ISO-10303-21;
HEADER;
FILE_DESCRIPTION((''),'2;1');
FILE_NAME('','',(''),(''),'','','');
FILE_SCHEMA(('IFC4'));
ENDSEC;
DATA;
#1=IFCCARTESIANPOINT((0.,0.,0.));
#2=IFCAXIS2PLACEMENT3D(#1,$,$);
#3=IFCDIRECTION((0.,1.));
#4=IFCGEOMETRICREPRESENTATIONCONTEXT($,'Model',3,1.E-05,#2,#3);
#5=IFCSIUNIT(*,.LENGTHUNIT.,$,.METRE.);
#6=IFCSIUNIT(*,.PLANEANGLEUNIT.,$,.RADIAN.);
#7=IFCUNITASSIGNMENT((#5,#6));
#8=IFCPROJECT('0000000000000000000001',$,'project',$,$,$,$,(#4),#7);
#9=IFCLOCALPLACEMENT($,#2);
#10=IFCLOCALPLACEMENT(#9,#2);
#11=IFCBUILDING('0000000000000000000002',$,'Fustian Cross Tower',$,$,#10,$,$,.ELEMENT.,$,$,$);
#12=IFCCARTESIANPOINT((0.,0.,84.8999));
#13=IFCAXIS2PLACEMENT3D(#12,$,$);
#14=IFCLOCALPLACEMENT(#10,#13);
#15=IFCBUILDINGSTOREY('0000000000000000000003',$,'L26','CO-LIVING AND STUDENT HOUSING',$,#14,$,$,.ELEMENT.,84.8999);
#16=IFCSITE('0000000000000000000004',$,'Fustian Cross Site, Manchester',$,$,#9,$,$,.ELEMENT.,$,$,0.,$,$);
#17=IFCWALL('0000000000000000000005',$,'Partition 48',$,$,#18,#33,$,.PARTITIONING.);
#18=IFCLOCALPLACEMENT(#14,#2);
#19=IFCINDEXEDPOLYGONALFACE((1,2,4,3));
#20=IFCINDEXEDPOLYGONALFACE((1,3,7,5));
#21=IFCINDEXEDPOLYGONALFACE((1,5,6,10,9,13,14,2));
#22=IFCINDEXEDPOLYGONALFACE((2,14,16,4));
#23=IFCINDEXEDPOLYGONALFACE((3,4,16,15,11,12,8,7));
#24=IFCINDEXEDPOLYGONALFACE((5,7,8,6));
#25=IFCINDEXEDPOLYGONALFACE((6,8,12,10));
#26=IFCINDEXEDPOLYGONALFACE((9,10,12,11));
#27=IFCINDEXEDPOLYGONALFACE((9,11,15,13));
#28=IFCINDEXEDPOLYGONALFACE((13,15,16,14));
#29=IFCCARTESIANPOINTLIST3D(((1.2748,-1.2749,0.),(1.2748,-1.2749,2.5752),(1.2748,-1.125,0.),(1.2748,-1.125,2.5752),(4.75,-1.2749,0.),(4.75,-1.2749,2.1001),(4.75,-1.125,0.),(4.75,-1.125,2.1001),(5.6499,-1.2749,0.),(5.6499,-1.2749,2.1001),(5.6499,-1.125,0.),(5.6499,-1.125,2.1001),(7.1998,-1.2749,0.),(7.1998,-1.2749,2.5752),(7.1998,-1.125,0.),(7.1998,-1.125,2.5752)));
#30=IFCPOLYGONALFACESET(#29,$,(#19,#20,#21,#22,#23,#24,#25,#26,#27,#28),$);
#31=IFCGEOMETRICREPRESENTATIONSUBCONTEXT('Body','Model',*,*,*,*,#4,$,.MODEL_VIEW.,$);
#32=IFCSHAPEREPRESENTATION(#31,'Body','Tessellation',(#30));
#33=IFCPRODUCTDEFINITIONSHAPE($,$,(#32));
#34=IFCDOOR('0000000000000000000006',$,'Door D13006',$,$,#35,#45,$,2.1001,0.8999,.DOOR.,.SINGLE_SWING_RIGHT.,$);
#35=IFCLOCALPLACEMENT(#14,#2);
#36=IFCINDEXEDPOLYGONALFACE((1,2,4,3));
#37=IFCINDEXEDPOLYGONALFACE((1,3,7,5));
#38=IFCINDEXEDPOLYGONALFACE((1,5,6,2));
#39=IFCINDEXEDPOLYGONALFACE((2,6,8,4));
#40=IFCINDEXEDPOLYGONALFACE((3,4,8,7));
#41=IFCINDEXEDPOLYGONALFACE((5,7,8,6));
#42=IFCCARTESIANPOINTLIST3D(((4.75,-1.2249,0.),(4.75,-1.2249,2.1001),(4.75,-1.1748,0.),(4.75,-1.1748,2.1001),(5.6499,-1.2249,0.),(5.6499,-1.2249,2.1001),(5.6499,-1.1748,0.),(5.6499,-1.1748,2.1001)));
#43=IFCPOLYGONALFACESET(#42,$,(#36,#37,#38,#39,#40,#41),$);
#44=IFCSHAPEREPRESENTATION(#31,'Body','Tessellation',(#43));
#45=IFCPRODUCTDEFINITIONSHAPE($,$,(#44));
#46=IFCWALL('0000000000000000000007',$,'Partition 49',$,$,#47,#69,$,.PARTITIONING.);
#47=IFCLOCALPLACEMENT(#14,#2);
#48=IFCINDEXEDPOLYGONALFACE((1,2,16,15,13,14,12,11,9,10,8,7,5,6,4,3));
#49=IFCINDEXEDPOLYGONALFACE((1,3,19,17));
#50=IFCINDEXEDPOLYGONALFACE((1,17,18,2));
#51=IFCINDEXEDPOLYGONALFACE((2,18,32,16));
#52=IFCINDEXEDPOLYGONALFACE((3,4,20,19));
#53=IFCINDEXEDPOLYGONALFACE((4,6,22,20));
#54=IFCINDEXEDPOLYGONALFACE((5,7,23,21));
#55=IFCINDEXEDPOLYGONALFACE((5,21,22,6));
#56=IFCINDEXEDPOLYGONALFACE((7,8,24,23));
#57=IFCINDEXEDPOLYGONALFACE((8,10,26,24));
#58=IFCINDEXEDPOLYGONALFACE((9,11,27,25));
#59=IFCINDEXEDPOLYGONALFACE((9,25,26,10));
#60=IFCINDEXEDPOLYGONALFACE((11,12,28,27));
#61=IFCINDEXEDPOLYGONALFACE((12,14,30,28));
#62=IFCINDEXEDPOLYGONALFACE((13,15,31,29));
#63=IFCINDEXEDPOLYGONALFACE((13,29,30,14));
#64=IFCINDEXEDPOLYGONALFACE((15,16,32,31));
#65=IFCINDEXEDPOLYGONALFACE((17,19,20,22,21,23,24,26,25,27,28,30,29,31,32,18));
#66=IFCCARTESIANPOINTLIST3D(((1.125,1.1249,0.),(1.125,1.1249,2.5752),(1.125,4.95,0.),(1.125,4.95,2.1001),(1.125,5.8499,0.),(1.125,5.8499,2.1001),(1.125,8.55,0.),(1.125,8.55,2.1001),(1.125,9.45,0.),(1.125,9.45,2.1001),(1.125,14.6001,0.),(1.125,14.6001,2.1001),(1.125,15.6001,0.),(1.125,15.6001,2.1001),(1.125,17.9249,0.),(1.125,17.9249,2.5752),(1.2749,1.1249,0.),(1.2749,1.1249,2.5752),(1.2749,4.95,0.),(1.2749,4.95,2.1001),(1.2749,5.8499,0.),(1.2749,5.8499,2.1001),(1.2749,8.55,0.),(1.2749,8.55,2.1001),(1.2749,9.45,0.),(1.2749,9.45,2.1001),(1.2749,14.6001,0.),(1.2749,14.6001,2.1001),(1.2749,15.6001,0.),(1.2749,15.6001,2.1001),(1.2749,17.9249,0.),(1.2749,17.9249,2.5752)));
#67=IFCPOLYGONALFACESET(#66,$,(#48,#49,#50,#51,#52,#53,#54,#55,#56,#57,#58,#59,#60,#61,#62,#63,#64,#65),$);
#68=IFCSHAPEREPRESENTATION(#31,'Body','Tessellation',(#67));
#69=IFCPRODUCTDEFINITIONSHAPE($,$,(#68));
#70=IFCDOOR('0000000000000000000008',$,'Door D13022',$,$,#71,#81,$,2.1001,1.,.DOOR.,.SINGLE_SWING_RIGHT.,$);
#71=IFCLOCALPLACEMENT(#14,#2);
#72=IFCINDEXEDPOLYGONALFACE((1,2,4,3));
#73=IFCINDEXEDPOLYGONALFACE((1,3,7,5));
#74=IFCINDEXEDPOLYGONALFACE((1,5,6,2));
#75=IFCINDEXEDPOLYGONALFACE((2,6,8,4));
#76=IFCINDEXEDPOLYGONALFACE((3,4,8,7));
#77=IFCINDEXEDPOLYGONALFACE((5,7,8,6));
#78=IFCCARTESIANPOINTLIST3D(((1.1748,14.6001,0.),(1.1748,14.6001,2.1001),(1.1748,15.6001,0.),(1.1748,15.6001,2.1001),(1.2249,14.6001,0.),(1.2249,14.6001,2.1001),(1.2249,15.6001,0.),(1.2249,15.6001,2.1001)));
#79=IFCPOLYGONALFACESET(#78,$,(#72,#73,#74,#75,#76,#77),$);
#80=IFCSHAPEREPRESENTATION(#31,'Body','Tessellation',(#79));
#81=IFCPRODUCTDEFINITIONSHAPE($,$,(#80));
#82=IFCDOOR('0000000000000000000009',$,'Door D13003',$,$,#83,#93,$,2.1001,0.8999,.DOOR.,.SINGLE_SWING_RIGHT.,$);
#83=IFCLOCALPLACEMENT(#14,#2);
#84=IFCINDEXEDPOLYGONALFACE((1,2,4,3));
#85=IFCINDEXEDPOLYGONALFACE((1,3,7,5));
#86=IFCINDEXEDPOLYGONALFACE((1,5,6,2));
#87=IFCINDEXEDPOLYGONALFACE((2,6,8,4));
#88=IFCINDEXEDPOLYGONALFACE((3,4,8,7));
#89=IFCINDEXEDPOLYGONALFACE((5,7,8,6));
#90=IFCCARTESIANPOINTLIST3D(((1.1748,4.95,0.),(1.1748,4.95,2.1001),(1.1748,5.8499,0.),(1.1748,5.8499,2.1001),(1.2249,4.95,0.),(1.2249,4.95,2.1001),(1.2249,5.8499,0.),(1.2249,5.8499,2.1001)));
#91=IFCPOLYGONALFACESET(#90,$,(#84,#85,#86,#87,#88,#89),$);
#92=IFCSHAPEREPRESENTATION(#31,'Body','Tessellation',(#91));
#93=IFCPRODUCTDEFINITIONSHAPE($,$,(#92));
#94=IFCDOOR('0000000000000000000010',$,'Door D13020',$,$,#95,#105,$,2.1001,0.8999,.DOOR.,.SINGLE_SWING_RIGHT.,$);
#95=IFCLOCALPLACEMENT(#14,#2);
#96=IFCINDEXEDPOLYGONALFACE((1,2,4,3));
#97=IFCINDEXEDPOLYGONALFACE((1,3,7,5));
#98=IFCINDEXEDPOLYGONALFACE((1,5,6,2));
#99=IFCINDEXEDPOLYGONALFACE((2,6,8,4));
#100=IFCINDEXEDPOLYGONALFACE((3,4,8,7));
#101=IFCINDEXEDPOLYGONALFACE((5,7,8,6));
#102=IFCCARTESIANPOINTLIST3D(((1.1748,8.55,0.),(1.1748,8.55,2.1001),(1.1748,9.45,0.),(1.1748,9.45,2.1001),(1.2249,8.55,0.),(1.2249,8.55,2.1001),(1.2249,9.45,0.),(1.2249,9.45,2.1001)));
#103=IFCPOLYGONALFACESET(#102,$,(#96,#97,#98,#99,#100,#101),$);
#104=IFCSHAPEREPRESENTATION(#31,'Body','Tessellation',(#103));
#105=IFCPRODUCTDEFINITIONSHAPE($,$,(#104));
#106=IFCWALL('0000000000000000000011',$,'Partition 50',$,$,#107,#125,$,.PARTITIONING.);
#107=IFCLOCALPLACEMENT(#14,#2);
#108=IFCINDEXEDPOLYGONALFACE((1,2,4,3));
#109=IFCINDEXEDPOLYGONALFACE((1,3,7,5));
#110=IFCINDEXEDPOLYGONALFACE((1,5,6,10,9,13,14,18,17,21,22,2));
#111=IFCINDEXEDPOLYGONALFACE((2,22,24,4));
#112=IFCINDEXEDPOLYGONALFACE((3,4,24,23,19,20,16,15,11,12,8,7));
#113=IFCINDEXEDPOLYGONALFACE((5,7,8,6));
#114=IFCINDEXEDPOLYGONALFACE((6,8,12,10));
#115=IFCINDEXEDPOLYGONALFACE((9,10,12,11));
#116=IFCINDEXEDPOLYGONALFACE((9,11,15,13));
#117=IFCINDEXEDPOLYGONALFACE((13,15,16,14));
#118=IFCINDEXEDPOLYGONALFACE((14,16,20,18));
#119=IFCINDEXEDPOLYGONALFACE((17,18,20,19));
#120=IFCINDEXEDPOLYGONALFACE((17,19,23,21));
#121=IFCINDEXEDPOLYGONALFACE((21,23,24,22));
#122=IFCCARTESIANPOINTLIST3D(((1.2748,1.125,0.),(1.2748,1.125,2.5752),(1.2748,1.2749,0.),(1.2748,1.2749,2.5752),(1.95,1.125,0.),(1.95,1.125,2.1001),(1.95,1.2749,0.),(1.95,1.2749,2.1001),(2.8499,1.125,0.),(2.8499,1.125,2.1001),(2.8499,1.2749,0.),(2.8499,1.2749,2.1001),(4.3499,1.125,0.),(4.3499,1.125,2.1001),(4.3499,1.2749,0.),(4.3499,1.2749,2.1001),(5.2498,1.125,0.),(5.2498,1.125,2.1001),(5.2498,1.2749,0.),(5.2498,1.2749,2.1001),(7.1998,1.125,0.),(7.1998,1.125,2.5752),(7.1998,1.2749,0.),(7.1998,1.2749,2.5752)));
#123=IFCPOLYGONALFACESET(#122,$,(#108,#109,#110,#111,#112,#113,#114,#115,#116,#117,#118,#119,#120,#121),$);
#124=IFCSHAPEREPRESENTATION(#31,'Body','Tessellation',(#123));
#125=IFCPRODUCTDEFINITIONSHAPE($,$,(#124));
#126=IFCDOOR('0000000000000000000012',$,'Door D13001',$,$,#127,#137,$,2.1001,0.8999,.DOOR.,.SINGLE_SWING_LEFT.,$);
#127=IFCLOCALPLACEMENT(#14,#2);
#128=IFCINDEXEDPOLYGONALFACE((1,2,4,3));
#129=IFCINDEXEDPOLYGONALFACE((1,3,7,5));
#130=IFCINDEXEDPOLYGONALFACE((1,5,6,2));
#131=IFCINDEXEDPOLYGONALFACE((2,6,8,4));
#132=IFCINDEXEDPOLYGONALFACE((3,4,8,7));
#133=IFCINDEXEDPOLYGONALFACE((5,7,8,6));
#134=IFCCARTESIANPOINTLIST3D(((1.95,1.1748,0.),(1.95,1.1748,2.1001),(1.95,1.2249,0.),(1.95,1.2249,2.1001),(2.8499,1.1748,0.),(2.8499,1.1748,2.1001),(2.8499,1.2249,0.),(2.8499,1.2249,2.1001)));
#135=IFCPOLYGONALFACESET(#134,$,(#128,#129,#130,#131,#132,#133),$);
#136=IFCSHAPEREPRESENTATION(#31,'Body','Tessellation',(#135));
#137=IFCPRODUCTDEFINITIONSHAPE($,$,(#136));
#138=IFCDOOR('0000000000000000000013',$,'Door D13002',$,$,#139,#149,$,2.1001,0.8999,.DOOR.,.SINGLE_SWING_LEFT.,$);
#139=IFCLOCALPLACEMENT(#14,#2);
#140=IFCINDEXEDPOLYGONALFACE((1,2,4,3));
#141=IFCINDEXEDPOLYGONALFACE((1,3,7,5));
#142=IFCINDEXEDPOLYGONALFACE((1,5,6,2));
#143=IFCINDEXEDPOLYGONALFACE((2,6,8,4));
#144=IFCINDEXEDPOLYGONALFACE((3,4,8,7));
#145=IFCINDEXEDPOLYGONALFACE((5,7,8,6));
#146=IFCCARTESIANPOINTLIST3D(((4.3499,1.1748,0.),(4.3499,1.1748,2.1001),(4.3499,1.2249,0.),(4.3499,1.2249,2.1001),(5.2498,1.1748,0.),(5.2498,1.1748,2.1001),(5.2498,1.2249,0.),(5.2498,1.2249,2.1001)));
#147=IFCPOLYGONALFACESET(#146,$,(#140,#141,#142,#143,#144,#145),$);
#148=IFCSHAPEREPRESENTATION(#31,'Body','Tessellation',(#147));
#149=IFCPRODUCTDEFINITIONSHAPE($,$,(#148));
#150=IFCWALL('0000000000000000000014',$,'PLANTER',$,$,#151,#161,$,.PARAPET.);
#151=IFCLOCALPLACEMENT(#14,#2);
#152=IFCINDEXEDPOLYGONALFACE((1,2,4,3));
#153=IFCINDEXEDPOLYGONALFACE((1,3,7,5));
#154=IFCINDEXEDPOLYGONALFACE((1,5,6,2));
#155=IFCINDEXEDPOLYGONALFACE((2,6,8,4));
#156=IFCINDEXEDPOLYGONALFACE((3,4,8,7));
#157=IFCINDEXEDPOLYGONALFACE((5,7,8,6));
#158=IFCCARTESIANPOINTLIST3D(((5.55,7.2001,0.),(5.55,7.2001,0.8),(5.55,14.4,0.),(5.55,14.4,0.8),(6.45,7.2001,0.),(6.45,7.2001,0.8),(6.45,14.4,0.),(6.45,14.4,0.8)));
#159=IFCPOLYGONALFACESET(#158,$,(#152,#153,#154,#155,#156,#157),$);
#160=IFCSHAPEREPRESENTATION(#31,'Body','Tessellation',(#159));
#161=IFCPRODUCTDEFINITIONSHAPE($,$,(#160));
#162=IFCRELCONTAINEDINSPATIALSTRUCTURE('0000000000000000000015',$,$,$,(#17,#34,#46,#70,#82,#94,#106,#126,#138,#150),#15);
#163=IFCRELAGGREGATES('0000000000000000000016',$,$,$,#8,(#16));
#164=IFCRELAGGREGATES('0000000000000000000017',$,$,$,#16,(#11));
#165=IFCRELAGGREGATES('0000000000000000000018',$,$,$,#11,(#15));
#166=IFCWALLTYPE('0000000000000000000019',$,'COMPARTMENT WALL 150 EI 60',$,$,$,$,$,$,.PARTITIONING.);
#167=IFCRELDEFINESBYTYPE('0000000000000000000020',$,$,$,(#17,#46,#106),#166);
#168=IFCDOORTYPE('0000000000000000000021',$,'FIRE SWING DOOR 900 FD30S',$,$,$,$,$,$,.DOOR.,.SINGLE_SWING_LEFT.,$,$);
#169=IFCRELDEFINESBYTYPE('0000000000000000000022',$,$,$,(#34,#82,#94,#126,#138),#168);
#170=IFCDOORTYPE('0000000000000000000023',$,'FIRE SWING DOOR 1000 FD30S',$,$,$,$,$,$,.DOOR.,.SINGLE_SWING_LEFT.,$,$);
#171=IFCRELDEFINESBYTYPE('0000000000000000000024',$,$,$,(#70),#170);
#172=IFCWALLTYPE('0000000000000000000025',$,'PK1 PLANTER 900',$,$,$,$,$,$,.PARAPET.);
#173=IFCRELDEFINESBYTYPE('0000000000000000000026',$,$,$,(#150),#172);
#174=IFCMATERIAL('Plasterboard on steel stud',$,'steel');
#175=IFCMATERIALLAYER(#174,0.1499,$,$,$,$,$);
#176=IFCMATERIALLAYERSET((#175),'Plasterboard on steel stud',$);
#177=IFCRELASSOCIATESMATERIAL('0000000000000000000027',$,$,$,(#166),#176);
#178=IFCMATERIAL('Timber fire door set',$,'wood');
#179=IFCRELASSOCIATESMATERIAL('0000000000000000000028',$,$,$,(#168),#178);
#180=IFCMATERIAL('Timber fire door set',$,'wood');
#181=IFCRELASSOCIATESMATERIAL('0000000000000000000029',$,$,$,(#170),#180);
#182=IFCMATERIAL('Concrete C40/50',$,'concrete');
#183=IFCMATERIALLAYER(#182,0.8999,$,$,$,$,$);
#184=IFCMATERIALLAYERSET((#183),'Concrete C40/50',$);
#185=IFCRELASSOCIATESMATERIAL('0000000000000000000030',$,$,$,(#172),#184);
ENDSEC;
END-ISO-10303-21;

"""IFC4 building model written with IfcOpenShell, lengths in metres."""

from ifc_helpers import new_model, si_unit, direction, frame, frame_2d, origin, place, context, subcontext, project, spatial, rectangle, extrude, material, layer, layer_set, type_object, element, fill, save


model = new_model("IFC4")

# Units and contexts
model_context = context("Model", 3, precision=1e-05, world=origin(), true_north=direction((0.0, 1.0)))
body_context = subcontext(model_context, "Body", "Model", "MODEL_VIEW")
ifc_project = project(units=[si_unit("LENGTHUNIT", "METRE"), si_unit("PLANEANGLEUNIT", "RADIAN")], contexts=[model_context])

# Site, building, storey
site_placement = place(None, origin())
site = spatial("IfcSite", under=ifc_project, at=site_placement, Name="Fustian Cross Site, Manchester", CompositionType="ELEMENT", RefElevation=0.0)
building_placement = place(site_placement, origin())
building = spatial("IfcBuilding", under=site, at=building_placement, Name="Fustian Cross Tower", CompositionType="ELEMENT")
storey_placement = place(building_placement, frame((0.0, 0.0, 84.8999)))
storey = spatial("IfcBuildingStorey", under=building, at=storey_placement, Name="L26", Description="CO-LIVING AND STUDENT HOUSING", CompositionType="ELEMENT", Elevation=84.8999)

# Wall, opening, door
ifc_material_1 = material(Name="Plasterboard on steel stud", Category="steel")
ifc_layer_1 = layer(ifc_material_1, 0.1499)
ifc_layer_set_1 = layer_set([ifc_layer_1], Name="Plasterboard on steel stud")
wall_type_1 = type_object("IfcWallType", Name="COMPARTMENT WALL 150 EI 60", PredefinedType="PARTITIONING", material=ifc_layer_set_1)
wall_1_placement = place(storey_placement, frame((1.2749, -1.2, 0.0), z_axis=(0.0, 0.0, 1.0), x_axis=(1.0, 0.0, 0.0)))
wall_1 = element("IfcWall", 1, at=wall_1_placement, inside=storey, type_object=wall_type_1, Name="Partition 48", PredefinedType="PARTITIONING", context=body_context, shape_type="SweptSolid", body=[
    extrude(rectangle(XDim=5.925, YDim=0.1499, at=frame_2d((2.9624, 0.0))), origin(), (0.0, 0.0, 1.0), 2.5752),
])
opening_1_placement = place(wall_1_placement, frame((3.4751, 0.0, 0.0)))
opening_1 = element("IfcOpeningElement", 2, at=opening_1_placement, cuts=wall_1, PredefinedType="OPENING", context=body_context, shape_type="SweptSolid", body=[
    extrude(rectangle(XDim=0.8999, YDim=2.1001, at=frame_2d((0.45, 1.05))), frame((0.0, 0.085, 0.0), z_axis=(0.0, -1.0, 0.0), x_axis=(1.0, 0.0, 0.0)), (0.0, 0.0, 1.0), 0.1699),
])
ifc_material_2 = material(Name="Timber fire door set", Category="wood")
door_type_1 = type_object("IfcDoorType", Name="FIRE SWING DOOR 900 FD30S", OperationType="SINGLE_SWING_LEFT", PredefinedType="DOOR", material=ifc_material_2)
door_1_placement = place(opening_1_placement, frame((0.8999, 0.0, 0.0), z_axis=(0.0, 0.0, 1.0), x_axis=(-1.0, 0.0, 0.0)))
door_1 = element("IfcDoor", 3, at=door_1_placement, inside=storey, type_object=door_type_1, Name="Door D13006", OperationType="SINGLE_SWING_RIGHT", OverallHeight=2.1001, OverallWidth=0.8999, PredefinedType="DOOR", context=body_context, shape_type="SweptSolid", body=[
    extrude(rectangle(XDim=0.8999, YDim=2.1001, at=frame_2d((0.45, 1.05))), frame((0.0, 0.0249, 0.0), z_axis=(0.0, -1.0, 0.0), x_axis=(1.0, 0.0, 0.0)), (0.0, 0.0, 1.0), 0.05),
])
fill(opening_1, door_1)

# Walls, openings, doors
wall_2_placement = place(storey_placement, frame((1.2, 1.125, 0.0), z_axis=(0.0, 0.0, 1.0), x_axis=(0.0, 1.0, 0.0)))
wall_2 = element("IfcWall", 4, at=wall_2_placement, inside=storey, type_object=wall_type_1, Name="Partition 49", PredefinedType="PARTITIONING", context=body_context, shape_type="SweptSolid", body=[
    extrude(rectangle(XDim=16.8, YDim=0.1499, at=frame_2d((8.3999, 0.0))), origin(), (0.0, 0.0, 1.0), 2.5752),
])
opening_2_placement = place(wall_2_placement, frame((3.825, 0.0, 0.0)))
opening_2 = element("IfcOpeningElement", 5, at=opening_2_placement, cuts=wall_2, PredefinedType="OPENING", context=body_context, shape_type="SweptSolid", body=[
    extrude(rectangle(XDim=0.8999, YDim=2.1001, at=frame_2d((0.45, 1.05))), frame((0.0, 0.085, 0.0), z_axis=(0.0, -1.0, 0.0), x_axis=(1.0, 0.0, 0.0)), (0.0, 0.0, 1.0), 0.1699),
])
opening_3_placement = place(wall_2_placement, frame((7.425, 0.0, 0.0)))
opening_3 = element("IfcOpeningElement", 6, at=opening_3_placement, cuts=wall_2, PredefinedType="OPENING", context=body_context, shape_type="SweptSolid", body=[
    extrude(rectangle(XDim=0.8999, YDim=2.1001, at=frame_2d((0.45, 1.05))), frame((0.0, 0.085, 0.0), z_axis=(0.0, -1.0, 0.0), x_axis=(1.0, 0.0, 0.0)), (0.0, 0.0, 1.0), 0.1699),
])
opening_4_placement = place(wall_2_placement, frame((13.4751, 0.0, 0.0)))
opening_4 = element("IfcOpeningElement", 7, at=opening_4_placement, cuts=wall_2, PredefinedType="OPENING", context=body_context, shape_type="SweptSolid", body=[
    extrude(rectangle(XDim=1.0, YDim=2.1001, at=frame_2d((0.5, 1.05))), frame((0.0, 0.085, 0.0), z_axis=(0.0, -1.0, 0.0), x_axis=(1.0, 0.0, 0.0)), (0.0, 0.0, 1.0), 0.1699),
])
ifc_material_3 = material(Name="Timber fire door set", Category="wood")
door_type_2 = type_object("IfcDoorType", Name="FIRE SWING DOOR 1000 FD30S", OperationType="SINGLE_SWING_LEFT", PredefinedType="DOOR", material=ifc_material_3)
door_2_placement = place(opening_4_placement, frame((1.0, 0.0, 0.0), z_axis=(0.0, 0.0, 1.0), x_axis=(-1.0, 0.0, 0.0)))
door_2 = element("IfcDoor", 8, at=door_2_placement, inside=storey, type_object=door_type_2, Name="Door D13022", OperationType="SINGLE_SWING_RIGHT", OverallHeight=2.1001, OverallWidth=1.0, PredefinedType="DOOR", context=body_context, shape_type="SweptSolid", body=[
    extrude(rectangle(XDim=1.0, YDim=2.1001, at=frame_2d((0.5, 1.05))), frame((0.0, 0.0249, 0.0), z_axis=(0.0, -1.0, 0.0), x_axis=(1.0, 0.0, 0.0)), (0.0, 0.0, 1.0), 0.05),
])
fill(opening_4, door_2)
door_3_placement = place(opening_2_placement, frame((0.8999, 0.0, 0.0), z_axis=(0.0, 0.0, 1.0), x_axis=(-1.0, 0.0, 0.0)))
door_3 = element("IfcDoor", 9, at=door_3_placement, inside=storey, type_object=door_type_1, Name="Door D13003", OperationType="SINGLE_SWING_RIGHT", OverallHeight=2.1001, OverallWidth=0.8999, PredefinedType="DOOR", context=body_context, shape_type="SweptSolid", body=[
    extrude(rectangle(XDim=0.8999, YDim=2.1001, at=frame_2d((0.45, 1.05))), frame((0.0, 0.0249, 0.0), z_axis=(0.0, -1.0, 0.0), x_axis=(1.0, 0.0, 0.0)), (0.0, 0.0, 1.0), 0.05),
])
fill(opening_2, door_3)
door_4_placement = place(opening_3_placement, frame((0.8999, 0.0, 0.0), z_axis=(0.0, 0.0, 1.0), x_axis=(-1.0, 0.0, 0.0)))
door_4 = element("IfcDoor", 10, at=door_4_placement, inside=storey, type_object=door_type_1, Name="Door D13020", OperationType="SINGLE_SWING_RIGHT", OverallHeight=2.1001, OverallWidth=0.8999, PredefinedType="DOOR", context=body_context, shape_type="SweptSolid", body=[
    extrude(rectangle(XDim=0.8999, YDim=2.1001, at=frame_2d((0.45, 1.05))), frame((0.0, 0.0249, 0.0), z_axis=(0.0, -1.0, 0.0), x_axis=(1.0, 0.0, 0.0)), (0.0, 0.0, 1.0), 0.05),
])
fill(opening_3, door_4)
wall_3_placement = place(storey_placement, frame((1.2749, 1.2, 0.0), z_axis=(0.0, 0.0, 1.0), x_axis=(1.0, 0.0, 0.0)))
wall_3 = element("IfcWall", 11, at=wall_3_placement, inside=storey, type_object=wall_type_1, Name="Partition 50", PredefinedType="PARTITIONING", context=body_context, shape_type="SweptSolid", body=[
    extrude(rectangle(XDim=5.925, YDim=0.1499, at=frame_2d((2.9624, 0.0))), origin(), (0.0, 0.0, 1.0), 2.5752),
])
opening_5_placement = place(wall_3_placement, frame((0.675, 0.0, 0.0)))
opening_5 = element("IfcOpeningElement", 12, at=opening_5_placement, cuts=wall_3, PredefinedType="OPENING", context=body_context, shape_type="SweptSolid", body=[
    extrude(rectangle(XDim=0.8999, YDim=2.1001, at=frame_2d((0.45, 1.05))), frame((0.0, 0.085, 0.0), z_axis=(0.0, -1.0, 0.0), x_axis=(1.0, 0.0, 0.0)), (0.0, 0.0, 1.0), 0.1699),
])
opening_6_placement = place(wall_3_placement, frame((3.075, 0.0, 0.0)))
opening_6 = element("IfcOpeningElement", 13, at=opening_6_placement, cuts=wall_3, PredefinedType="OPENING", context=body_context, shape_type="SweptSolid", body=[
    extrude(rectangle(XDim=0.8999, YDim=2.1001, at=frame_2d((0.45, 1.05))), frame((0.0, 0.085, 0.0), z_axis=(0.0, -1.0, 0.0), x_axis=(1.0, 0.0, 0.0)), (0.0, 0.0, 1.0), 0.1699),
])
door_5_placement = place(opening_5_placement, origin())
door_5 = element("IfcDoor", 14, at=door_5_placement, inside=storey, type_object=door_type_1, Name="Door D13001", OperationType="SINGLE_SWING_LEFT", OverallHeight=2.1001, OverallWidth=0.8999, PredefinedType="DOOR", context=body_context, shape_type="SweptSolid", body=[
    extrude(rectangle(XDim=0.8999, YDim=2.1001, at=frame_2d((0.45, 1.05))), frame((0.0, 0.0249, 0.0), z_axis=(0.0, -1.0, 0.0), x_axis=(1.0, 0.0, 0.0)), (0.0, 0.0, 1.0), 0.05),
])
fill(opening_5, door_5)
door_6_placement = place(opening_6_placement, origin())
door_6 = element("IfcDoor", 15, at=door_6_placement, inside=storey, type_object=door_type_1, Name="Door D13002", OperationType="SINGLE_SWING_LEFT", OverallHeight=2.1001, OverallWidth=0.8999, PredefinedType="DOOR", context=body_context, shape_type="SweptSolid", body=[
    extrude(rectangle(XDim=0.8999, YDim=2.1001, at=frame_2d((0.45, 1.05))), frame((0.0, 0.0249, 0.0), z_axis=(0.0, -1.0, 0.0), x_axis=(1.0, 0.0, 0.0)), (0.0, 0.0, 1.0), 0.05),
])
fill(opening_6, door_6)

# Wall
ifc_material_4 = material(Name="Concrete C40/50", Category="concrete")
ifc_layer_2 = layer(ifc_material_4, 0.8999)
ifc_layer_set_2 = layer_set([ifc_layer_2], Name="Concrete C40/50")
wall_type_2 = type_object("IfcWallType", Name="PK1 PLANTER 900", PredefinedType="PARAPET", material=ifc_layer_set_2)
wall_4_placement = place(storey_placement, frame((6.0, 7.2, 0.0), z_axis=(0.0, 0.0, 1.0), x_axis=(0.0, 1.0, 0.0)))
element("IfcWall", 16, at=wall_4_placement, inside=storey, type_object=wall_type_2, Name="PLANTER", PredefinedType="PARAPET", context=body_context, shape_type="SweptSolid", body=[
    extrude(rectangle(XDim=7.2, YDim=0.8999, at=frame_2d((3.6001, 0.0))), origin(), (0.0, 0.0, 1.0), 0.8),
])

save(model, "model.ifc")
